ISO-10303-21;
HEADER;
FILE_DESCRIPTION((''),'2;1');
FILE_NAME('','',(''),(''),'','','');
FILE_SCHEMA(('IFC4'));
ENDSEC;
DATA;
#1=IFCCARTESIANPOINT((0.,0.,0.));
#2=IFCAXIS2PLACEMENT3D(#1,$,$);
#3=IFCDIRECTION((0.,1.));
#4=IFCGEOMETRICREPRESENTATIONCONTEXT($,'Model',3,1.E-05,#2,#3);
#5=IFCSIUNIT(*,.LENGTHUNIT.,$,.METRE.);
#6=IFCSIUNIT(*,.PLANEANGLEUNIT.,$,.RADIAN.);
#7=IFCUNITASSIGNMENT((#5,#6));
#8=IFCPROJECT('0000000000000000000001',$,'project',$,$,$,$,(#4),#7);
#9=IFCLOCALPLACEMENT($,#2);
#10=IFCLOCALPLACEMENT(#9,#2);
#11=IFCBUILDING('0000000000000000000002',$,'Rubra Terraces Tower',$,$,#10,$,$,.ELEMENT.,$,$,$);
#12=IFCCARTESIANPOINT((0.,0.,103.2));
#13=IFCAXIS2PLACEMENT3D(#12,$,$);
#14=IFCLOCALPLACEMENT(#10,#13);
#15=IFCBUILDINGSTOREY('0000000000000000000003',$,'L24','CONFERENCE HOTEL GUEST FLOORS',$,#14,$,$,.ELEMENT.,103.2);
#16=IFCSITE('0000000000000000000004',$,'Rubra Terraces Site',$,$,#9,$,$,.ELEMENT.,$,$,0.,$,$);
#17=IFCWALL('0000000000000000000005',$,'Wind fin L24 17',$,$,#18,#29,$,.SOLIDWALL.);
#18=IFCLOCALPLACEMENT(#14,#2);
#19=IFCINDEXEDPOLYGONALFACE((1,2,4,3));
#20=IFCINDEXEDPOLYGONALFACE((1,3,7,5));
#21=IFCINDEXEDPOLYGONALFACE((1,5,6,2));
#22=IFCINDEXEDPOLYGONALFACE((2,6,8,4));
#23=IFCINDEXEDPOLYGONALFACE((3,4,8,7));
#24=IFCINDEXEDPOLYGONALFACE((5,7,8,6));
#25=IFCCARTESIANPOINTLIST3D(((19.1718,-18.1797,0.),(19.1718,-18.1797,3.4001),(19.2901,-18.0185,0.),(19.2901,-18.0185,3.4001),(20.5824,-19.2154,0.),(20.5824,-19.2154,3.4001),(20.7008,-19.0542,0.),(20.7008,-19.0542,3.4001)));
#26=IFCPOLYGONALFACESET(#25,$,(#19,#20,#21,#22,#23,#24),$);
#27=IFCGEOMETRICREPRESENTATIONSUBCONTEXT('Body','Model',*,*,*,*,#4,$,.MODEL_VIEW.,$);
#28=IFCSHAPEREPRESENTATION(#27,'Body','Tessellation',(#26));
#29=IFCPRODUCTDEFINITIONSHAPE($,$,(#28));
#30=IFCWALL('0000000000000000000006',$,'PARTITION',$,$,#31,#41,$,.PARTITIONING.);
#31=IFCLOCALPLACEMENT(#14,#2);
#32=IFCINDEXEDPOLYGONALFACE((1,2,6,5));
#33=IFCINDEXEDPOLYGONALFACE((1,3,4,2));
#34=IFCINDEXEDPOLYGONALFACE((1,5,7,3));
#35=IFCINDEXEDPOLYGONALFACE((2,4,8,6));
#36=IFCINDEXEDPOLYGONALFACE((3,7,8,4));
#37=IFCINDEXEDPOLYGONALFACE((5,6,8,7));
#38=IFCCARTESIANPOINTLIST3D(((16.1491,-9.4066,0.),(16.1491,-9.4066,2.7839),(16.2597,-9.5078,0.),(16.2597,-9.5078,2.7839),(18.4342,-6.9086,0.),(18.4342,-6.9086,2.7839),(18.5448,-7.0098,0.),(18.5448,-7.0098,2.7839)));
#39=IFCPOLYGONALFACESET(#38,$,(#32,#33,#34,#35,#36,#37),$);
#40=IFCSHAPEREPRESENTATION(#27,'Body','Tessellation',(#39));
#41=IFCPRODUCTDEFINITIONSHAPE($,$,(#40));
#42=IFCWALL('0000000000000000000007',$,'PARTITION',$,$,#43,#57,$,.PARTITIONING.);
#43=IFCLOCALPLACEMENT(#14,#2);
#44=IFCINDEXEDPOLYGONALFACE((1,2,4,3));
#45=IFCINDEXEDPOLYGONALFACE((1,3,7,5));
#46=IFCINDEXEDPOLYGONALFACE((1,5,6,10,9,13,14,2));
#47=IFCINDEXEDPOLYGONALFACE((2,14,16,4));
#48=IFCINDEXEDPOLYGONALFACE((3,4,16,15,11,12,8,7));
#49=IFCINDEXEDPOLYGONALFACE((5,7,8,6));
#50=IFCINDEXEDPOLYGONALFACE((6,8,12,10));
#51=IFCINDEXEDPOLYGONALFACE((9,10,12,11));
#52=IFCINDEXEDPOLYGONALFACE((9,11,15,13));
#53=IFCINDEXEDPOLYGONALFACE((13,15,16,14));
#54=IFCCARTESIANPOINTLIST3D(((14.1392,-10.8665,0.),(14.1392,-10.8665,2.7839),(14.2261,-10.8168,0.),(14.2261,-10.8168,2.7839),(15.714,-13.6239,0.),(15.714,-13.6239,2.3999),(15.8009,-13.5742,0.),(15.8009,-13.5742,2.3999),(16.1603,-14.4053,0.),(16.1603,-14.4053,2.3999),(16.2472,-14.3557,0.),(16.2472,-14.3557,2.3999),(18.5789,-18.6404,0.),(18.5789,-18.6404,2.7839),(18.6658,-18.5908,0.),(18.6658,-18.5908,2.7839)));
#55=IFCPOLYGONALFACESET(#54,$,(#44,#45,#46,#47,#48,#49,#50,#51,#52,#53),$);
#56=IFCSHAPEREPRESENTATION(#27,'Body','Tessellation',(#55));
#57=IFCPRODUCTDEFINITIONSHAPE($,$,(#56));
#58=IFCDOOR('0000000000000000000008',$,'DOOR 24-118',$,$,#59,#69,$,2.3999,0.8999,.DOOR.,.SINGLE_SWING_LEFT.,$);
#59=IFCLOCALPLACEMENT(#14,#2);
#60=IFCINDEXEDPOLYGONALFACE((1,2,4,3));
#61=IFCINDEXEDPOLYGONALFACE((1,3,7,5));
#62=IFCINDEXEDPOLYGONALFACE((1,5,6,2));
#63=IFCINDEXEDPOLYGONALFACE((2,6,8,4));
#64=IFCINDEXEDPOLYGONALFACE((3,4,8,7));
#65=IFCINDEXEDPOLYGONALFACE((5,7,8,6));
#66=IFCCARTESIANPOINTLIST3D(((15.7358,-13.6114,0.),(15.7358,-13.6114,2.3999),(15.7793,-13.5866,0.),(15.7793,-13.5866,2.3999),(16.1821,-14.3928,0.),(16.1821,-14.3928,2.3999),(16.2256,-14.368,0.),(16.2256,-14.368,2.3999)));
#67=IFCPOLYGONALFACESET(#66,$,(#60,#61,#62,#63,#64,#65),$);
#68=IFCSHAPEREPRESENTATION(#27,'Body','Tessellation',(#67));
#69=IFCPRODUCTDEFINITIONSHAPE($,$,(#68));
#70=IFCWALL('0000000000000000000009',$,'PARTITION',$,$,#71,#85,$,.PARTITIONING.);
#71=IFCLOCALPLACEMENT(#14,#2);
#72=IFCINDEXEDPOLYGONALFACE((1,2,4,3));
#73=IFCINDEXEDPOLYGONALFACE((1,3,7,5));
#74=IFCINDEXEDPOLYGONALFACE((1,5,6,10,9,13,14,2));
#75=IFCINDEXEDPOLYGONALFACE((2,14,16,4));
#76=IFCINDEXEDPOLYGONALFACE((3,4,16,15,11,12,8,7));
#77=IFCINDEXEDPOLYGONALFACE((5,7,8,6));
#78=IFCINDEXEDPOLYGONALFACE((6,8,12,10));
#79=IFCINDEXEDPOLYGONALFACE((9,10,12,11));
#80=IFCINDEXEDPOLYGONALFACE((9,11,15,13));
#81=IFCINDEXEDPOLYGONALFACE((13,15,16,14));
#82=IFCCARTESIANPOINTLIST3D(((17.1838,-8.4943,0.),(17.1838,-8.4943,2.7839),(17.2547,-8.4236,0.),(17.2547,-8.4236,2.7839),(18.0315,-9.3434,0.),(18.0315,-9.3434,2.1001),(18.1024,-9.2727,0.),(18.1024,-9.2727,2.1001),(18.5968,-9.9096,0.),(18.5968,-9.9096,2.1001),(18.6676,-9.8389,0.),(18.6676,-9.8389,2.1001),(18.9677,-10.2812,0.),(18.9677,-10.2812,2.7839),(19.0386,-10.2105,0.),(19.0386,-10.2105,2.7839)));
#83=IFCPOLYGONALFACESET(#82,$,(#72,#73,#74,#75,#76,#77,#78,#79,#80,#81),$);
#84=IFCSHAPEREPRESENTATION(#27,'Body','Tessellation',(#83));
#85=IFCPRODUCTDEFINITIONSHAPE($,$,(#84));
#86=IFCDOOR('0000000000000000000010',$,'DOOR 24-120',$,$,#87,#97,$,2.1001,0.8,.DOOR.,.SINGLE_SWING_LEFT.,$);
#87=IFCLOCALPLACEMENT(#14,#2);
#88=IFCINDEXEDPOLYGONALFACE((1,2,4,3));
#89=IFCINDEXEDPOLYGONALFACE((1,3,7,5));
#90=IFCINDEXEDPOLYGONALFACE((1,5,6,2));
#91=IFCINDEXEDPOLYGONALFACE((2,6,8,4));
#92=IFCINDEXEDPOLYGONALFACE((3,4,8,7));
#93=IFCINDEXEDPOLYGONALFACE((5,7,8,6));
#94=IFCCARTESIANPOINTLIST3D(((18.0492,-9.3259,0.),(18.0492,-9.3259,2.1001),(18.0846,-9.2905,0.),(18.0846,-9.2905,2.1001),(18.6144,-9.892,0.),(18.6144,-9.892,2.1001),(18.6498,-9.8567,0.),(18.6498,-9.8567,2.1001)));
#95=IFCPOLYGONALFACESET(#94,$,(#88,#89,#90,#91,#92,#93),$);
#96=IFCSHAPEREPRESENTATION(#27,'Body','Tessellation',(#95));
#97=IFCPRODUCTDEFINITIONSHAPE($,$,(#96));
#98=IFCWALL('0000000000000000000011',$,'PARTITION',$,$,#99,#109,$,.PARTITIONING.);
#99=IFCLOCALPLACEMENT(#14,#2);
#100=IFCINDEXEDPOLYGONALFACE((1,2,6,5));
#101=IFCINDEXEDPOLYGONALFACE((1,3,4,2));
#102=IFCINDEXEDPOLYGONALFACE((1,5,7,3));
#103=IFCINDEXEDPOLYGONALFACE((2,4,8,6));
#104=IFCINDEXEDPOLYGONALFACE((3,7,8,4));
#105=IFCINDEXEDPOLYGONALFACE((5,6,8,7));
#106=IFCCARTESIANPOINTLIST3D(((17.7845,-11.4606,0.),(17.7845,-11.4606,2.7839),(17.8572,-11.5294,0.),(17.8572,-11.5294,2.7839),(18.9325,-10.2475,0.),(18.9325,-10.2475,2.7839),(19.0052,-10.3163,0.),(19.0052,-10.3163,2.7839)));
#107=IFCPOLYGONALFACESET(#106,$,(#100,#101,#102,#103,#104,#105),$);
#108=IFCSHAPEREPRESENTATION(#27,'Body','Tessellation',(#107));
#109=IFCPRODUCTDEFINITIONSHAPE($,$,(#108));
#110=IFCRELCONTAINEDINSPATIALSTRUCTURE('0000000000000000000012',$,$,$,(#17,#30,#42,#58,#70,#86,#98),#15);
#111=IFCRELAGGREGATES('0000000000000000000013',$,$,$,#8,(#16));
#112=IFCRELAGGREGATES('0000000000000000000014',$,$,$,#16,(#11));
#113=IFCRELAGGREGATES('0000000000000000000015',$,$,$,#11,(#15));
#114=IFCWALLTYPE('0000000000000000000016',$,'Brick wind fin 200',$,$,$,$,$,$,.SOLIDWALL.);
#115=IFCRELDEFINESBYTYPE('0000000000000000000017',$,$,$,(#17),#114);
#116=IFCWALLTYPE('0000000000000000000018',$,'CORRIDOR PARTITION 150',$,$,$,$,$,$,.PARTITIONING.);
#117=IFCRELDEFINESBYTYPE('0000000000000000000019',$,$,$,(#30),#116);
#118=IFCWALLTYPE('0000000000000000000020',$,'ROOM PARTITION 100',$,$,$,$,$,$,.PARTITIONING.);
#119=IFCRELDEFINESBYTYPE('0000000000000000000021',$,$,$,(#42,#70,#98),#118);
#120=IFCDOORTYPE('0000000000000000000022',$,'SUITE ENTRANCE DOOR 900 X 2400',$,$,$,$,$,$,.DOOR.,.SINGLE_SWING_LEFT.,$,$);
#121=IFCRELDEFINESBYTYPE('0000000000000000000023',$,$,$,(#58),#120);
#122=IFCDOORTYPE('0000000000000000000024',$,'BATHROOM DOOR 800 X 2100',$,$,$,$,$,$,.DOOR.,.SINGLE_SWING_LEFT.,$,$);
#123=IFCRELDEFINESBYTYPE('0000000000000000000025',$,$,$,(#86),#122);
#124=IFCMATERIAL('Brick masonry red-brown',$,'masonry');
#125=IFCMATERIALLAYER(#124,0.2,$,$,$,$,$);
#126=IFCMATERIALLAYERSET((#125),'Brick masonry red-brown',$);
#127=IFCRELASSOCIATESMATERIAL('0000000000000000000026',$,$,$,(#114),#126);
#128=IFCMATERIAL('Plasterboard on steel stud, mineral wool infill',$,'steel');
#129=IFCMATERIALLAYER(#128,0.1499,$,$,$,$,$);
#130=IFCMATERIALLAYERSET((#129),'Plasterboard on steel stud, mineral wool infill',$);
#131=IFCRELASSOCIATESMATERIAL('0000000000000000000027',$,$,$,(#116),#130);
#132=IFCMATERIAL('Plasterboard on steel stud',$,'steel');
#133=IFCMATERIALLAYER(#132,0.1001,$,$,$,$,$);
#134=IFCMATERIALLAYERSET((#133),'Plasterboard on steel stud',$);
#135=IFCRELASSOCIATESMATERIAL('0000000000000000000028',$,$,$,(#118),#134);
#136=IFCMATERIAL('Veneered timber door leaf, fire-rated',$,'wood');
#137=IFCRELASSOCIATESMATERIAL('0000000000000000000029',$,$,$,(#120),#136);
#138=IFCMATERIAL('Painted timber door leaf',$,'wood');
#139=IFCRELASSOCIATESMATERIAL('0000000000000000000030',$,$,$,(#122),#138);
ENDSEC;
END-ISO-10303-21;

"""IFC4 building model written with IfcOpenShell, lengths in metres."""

from ifc_helpers import new_model, si_unit, direction, frame, frame_2d, origin, place, context, subcontext, project, spatial, rectangle, extrude, material, layer, layer_set, type_object, element, fill, save


model = new_model("IFC4")

# Units and contexts
model_context = context("Model", 3, precision=1e-05, world=origin(), true_north=direction((0.0, 1.0)))
body_context = subcontext(model_context, "Body", "Model", "MODEL_VIEW")
ifc_project = project(units=[si_unit("LENGTHUNIT", "METRE"), si_unit("PLANEANGLEUNIT", "RADIAN")], contexts=[model_context])

# Site, building, storey
site_placement = place(None, origin())
site = spatial("IfcSite", under=ifc_project, at=site_placement, Name="Rubra Terraces Site", CompositionType="ELEMENT", RefElevation=0.0)
building_placement = place(site_placement, origin())
building = spatial("IfcBuilding", under=site, at=building_placement, Name="Rubra Terraces Tower", CompositionType="ELEMENT")
storey_placement = place(building_placement, frame((0.0, 0.0, 103.2)))
storey = spatial("IfcBuildingStorey", under=building, at=storey_placement, Name="L24", Description="CONFERENCE HOTEL GUEST FLOORS", CompositionType="ELEMENT", Elevation=103.2)

# Shared definitions
ifc_material_1 = material(Name="Brick masonry red-brown", Category="masonry")

# Walls
ifc_layer_1 = layer(ifc_material_1, 0.2)
ifc_layer_set_1 = layer_set([ifc_layer_1], Name="Brick masonry red-brown")
wall_type_1 = type_object("IfcWallType", Name="Brick wind fin 200", PredefinedType="SOLIDWALL", material=ifc_layer_set_1)
wall_1_placement = place(storey_placement, frame((19.231, -18.0991, 0.0), z_axis=(0.0, 0.0, 1.0), x_axis=(0.806086, -0.591799, 0.0)))
element("IfcWall", 1, at=wall_1_placement, inside=storey, type_object=wall_type_1, Name="Wind fin L24 17", PredefinedType="SOLIDWALL", context=body_context, shape_type="SweptSolid", body=[
    extrude(rectangle(XDim=1.75, YDim=0.2, at=frame_2d((0.875, 0.0))), origin(), (0.0, 0.0, 1.0), 3.4001),
])
ifc_material_2 = material(Name="Plasterboard on steel stud, mineral wool infill", Category="steel")
ifc_layer_2 = layer(ifc_material_2, 0.1499)
ifc_layer_set_2 = layer_set([ifc_layer_2], Name="Plasterboard on steel stud, mineral wool infill")
wall_type_2 = type_object("IfcWallType", Name="CORRIDOR PARTITION 150", PredefinedType="PARTITIONING", material=ifc_layer_set_2)
wall_2_placement = place(storey_placement, frame((16.2043, -9.4573, 0.0), z_axis=(0.0, 0.0, 1.0), x_axis=(0.674967, 0.737848, 0.0)))
element("IfcWall", 2, at=wall_2_placement, inside=storey, type_object=wall_type_2, Name="PARTITION", PredefinedType="PARTITIONING", context=body_context, shape_type="SweptSolid", body=[
    extrude(rectangle(XDim=3.3855, YDim=0.1499, at=frame_2d((1.6929, 0.0))), origin(), (0.0, 0.0, 1.0), 2.7839),
])

# Walls, openings, doors
ifc_material_3 = material(Name="Plasterboard on steel stud", Category="steel")
ifc_layer_3 = layer(ifc_material_3, 0.1001)
ifc_layer_set_3 = layer_set([ifc_layer_3], Name="Plasterboard on steel stud")
wall_type_3 = type_object("IfcWallType", Name="ROOM PARTITION 100", PredefinedType="PARTITIONING", material=ifc_layer_set_3)
wall_3_placement = place(storey_placement, frame((18.6223, -18.6155, 0.0), z_axis=(0.0, 0.0, 1.0), x_axis=(-0.495925, 0.868366, 0.0)))
wall_3 = element("IfcWall", 3, at=wall_3_placement, inside=storey, type_object=wall_type_3, Name="PARTITION", PredefinedType="PARTITIONING", context=body_context, shape_type="SweptSolid", body=[
    extrude(rectangle(XDim=8.9524, YDim=0.1001, at=frame_2d((4.4761, 0.0))), origin(), (0.0, 0.0, 1.0), 2.7839),
])
opening_1_placement = place(wall_3_placement, frame((4.877, 0.0, 0.0)))
opening_1 = element("IfcOpeningElement", 4, at=opening_1_placement, cuts=wall_3, PredefinedType="OPENING", context=body_context, shape_type="SweptSolid", body=[
    extrude(rectangle(XDim=0.8999, YDim=2.3999, at=frame_2d((0.45, 1.2))), frame((0.0, 0.0601, 0.0), z_axis=(0.0, -1.0, 0.0), x_axis=(1.0, 0.0, 0.0)), (0.0, 0.0, 1.0), 0.1201),
])
ifc_material_4 = material(Name="Veneered timber door leaf, fire-rated", Category="wood")
door_type_1 = type_object("IfcDoorType", Name="SUITE ENTRANCE DOOR 900 X 2400", OperationType="SINGLE_SWING_LEFT", PredefinedType="DOOR", material=ifc_material_4)
door_1_placement = place(opening_1_placement, origin())
door_1 = element("IfcDoor", 5, at=door_1_placement, inside=storey, type_object=door_type_1, Name="DOOR 24-118", OperationType="SINGLE_SWING_LEFT", OverallHeight=2.3999, OverallWidth=0.8999, PredefinedType="DOOR", context=body_context, shape_type="SweptSolid", body=[
    extrude(rectangle(XDim=0.8999, YDim=2.3999, at=frame_2d((0.45, 1.2))), frame((0.0, 0.0249, 0.0), z_axis=(0.0, -1.0, 0.0), x_axis=(1.0, 0.0, 0.0)), (0.0, 0.0, 1.0), 0.05),
])
fill(opening_1, door_1)
wall_4_placement = place(storey_placement, frame((17.2192, -8.459, 0.0), z_axis=(0.0, 0.0, 1.0), x_axis=(0.706526, -0.707687, 0.0)))
wall_4 = element("IfcWall", 6, at=wall_4_placement, inside=storey, type_object=wall_type_3, Name="PARTITION", PredefinedType="PARTITIONING", context=body_context, shape_type="SweptSolid", body=[
    extrude(rectangle(XDim=2.5249, YDim=0.1001, at=frame_2d((1.2625, 0.0))), origin(), (0.0, 0.0, 1.0), 2.7839),
])
opening_2_placement = place(wall_4_placement, frame((1.2, 0.0, 0.0)))
opening_2 = element("IfcOpeningElement", 7, at=opening_2_placement, cuts=wall_4, PredefinedType="OPENING", context=body_context, shape_type="SweptSolid", body=[
    extrude(rectangle(XDim=0.8, YDim=2.1001, at=frame_2d((0.3999, 1.05))), frame((0.0, 0.0601, 0.0), z_axis=(0.0, -1.0, 0.0), x_axis=(1.0, 0.0, 0.0)), (0.0, 0.0, 1.0), 0.1201),
])
ifc_material_5 = material(Name="Painted timber door leaf", Category="wood")
door_type_2 = type_object("IfcDoorType", Name="BATHROOM DOOR 800 X 2100", OperationType="SINGLE_SWING_LEFT", PredefinedType="DOOR", material=ifc_material_5)
door_2_placement = place(opening_2_placement, origin())
door_2 = element("IfcDoor", 8, at=door_2_placement, inside=storey, type_object=door_type_2, Name="DOOR 24-120", OperationType="SINGLE_SWING_LEFT", OverallHeight=2.1001, OverallWidth=0.8, PredefinedType="DOOR", context=body_context, shape_type="SweptSolid", body=[
    extrude(rectangle(XDim=0.8, YDim=2.1001, at=frame_2d((0.3999, 1.05))), frame((0.0, 0.0249, 0.0), z_axis=(0.0, -1.0, 0.0), x_axis=(1.0, 0.0, 0.0)), (0.0, 0.0, 1.0), 0.05),
])
fill(opening_2, door_2)

# Wall
wall_5_placement = place(storey_placement, frame((18.9688, -10.282, 0.0), z_axis=(0.0, 0.0, 1.0), x_axis=(-0.687323, -0.726352, 0.0)))
element("IfcWall", 9, at=wall_5_placement, inside=storey, type_object=wall_type_3, Name="PARTITION", PredefinedType="PARTITIONING", context=body_context, shape_type="SweptSolid", body=[
    extrude(rectangle(XDim=1.6702, YDim=0.1001, at=frame_2d((0.835, 0.0))), origin(), (0.0, 0.0, 1.0), 2.7839),
])

save(model, "model.ifc")
